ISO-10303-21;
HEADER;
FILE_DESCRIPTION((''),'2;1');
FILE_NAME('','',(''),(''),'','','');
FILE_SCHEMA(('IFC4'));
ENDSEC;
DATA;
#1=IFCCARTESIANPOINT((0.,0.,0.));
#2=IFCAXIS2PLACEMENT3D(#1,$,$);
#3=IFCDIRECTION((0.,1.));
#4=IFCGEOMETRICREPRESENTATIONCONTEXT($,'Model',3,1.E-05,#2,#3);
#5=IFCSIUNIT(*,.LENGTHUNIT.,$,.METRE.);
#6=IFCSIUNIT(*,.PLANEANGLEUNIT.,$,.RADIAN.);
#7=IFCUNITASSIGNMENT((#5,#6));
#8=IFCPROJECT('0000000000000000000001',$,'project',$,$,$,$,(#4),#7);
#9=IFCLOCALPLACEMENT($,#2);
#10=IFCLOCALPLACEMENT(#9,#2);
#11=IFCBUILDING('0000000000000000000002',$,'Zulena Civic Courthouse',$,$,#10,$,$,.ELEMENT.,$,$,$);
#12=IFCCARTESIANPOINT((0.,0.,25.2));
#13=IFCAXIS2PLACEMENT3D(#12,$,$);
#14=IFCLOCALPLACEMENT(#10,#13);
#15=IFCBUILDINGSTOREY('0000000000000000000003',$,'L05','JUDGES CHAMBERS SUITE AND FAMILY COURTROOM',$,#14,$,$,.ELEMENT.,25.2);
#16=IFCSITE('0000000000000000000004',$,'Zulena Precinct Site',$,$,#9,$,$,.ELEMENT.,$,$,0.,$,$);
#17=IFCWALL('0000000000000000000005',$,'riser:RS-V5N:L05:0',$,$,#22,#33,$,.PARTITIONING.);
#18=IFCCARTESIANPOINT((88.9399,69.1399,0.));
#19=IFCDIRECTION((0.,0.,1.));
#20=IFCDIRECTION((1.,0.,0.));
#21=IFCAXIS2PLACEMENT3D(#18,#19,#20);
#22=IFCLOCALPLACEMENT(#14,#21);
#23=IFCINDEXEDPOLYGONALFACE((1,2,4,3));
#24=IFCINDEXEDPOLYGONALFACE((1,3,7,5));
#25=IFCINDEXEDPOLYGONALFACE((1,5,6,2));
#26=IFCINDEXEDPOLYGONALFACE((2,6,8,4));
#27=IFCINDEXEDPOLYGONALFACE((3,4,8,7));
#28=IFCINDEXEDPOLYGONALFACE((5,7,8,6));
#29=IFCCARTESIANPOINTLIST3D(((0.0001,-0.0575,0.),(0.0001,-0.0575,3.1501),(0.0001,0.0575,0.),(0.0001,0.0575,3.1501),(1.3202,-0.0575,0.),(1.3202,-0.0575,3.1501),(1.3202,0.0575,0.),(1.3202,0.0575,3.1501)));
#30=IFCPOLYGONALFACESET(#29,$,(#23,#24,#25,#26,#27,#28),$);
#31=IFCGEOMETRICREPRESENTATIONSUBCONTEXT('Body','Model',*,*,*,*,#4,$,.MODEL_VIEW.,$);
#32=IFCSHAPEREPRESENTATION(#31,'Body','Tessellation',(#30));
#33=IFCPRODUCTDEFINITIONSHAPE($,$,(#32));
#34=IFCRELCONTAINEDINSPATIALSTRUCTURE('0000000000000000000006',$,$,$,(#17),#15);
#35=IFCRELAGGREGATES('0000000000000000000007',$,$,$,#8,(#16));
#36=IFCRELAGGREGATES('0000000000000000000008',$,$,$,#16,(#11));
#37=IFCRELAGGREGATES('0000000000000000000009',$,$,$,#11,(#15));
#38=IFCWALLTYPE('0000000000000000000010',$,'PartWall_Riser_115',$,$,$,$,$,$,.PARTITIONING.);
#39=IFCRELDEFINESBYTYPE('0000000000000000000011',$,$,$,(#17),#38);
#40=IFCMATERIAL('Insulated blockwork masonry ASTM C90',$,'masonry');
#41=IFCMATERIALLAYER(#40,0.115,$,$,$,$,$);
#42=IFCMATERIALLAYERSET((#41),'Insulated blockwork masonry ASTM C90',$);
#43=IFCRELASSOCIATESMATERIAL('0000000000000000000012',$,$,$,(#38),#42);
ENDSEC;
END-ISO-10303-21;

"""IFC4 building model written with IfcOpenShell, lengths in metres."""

from ifc_helpers import new_model, si_unit, direction, frame, frame_2d, origin, place, context, subcontext, project, spatial, rectangle, extrude, material, layer, layer_set, type_object, element, save


model = new_model("IFC4")

# Units and contexts
model_context = context("Model", 3, precision=1e-05, world=origin(), true_north=direction((0.0, 1.0)))
body_context = subcontext(model_context, "Body", "Model", "MODEL_VIEW")
ifc_project = project(units=[si_unit("LENGTHUNIT", "METRE"), si_unit("PLANEANGLEUNIT", "RADIAN")], contexts=[model_context])

# Site, building, storey
site_placement = place(None, origin())
site = spatial("IfcSite", under=ifc_project, at=site_placement, Name="Zulena Precinct Site", CompositionType="ELEMENT", RefElevation=0.0)
building_placement = place(site_placement, origin())
building = spatial("IfcBuilding", under=site, at=building_placement, Name="Zulena Civic Courthouse", CompositionType="ELEMENT")
storey_placement = place(building_placement, frame((0.0, 0.0, 25.2)))
storey = spatial("IfcBuildingStorey", under=building, at=storey_placement, Name="L05", Description="JUDGES CHAMBERS SUITE AND FAMILY COURTROOM", CompositionType="ELEMENT", Elevation=25.2)

# Wall
ifc_material_1 = material(Name="Insulated blockwork masonry ASTM C90", Category="masonry")
ifc_layer_1 = layer(ifc_material_1, 0.115)
ifc_layer_set_1 = layer_set([ifc_layer_1], Name="Insulated blockwork masonry ASTM C90")
wall_type_1 = type_object("IfcWallType", Name="PartWall_Riser_115", PredefinedType="PARTITIONING", material=ifc_layer_set_1)
for number, where, z_axis, x_axis, name in (
    (1, (88.9399, 69.1399, 0.0), (0.0, 0.0, 1.0), (1.0, 0.0, 0.0), "riser:RS-V5N:L05:0"),
):
    element("IfcWall", number, at=place(storey_placement, frame(where, z_axis=z_axis, x_axis=x_axis)), inside=storey, type_object=wall_type_1, Name=name, PredefinedType="PARTITIONING", context=body_context, shape_type="SweptSolid", body=[
        extrude(rectangle(XDim=1.3201, YDim=0.115, at=frame_2d((0.6602, 0.0))), origin(), (0.0, 0.0, 1.0), 3.1501),
    ])

save(model, "model.ifc")
